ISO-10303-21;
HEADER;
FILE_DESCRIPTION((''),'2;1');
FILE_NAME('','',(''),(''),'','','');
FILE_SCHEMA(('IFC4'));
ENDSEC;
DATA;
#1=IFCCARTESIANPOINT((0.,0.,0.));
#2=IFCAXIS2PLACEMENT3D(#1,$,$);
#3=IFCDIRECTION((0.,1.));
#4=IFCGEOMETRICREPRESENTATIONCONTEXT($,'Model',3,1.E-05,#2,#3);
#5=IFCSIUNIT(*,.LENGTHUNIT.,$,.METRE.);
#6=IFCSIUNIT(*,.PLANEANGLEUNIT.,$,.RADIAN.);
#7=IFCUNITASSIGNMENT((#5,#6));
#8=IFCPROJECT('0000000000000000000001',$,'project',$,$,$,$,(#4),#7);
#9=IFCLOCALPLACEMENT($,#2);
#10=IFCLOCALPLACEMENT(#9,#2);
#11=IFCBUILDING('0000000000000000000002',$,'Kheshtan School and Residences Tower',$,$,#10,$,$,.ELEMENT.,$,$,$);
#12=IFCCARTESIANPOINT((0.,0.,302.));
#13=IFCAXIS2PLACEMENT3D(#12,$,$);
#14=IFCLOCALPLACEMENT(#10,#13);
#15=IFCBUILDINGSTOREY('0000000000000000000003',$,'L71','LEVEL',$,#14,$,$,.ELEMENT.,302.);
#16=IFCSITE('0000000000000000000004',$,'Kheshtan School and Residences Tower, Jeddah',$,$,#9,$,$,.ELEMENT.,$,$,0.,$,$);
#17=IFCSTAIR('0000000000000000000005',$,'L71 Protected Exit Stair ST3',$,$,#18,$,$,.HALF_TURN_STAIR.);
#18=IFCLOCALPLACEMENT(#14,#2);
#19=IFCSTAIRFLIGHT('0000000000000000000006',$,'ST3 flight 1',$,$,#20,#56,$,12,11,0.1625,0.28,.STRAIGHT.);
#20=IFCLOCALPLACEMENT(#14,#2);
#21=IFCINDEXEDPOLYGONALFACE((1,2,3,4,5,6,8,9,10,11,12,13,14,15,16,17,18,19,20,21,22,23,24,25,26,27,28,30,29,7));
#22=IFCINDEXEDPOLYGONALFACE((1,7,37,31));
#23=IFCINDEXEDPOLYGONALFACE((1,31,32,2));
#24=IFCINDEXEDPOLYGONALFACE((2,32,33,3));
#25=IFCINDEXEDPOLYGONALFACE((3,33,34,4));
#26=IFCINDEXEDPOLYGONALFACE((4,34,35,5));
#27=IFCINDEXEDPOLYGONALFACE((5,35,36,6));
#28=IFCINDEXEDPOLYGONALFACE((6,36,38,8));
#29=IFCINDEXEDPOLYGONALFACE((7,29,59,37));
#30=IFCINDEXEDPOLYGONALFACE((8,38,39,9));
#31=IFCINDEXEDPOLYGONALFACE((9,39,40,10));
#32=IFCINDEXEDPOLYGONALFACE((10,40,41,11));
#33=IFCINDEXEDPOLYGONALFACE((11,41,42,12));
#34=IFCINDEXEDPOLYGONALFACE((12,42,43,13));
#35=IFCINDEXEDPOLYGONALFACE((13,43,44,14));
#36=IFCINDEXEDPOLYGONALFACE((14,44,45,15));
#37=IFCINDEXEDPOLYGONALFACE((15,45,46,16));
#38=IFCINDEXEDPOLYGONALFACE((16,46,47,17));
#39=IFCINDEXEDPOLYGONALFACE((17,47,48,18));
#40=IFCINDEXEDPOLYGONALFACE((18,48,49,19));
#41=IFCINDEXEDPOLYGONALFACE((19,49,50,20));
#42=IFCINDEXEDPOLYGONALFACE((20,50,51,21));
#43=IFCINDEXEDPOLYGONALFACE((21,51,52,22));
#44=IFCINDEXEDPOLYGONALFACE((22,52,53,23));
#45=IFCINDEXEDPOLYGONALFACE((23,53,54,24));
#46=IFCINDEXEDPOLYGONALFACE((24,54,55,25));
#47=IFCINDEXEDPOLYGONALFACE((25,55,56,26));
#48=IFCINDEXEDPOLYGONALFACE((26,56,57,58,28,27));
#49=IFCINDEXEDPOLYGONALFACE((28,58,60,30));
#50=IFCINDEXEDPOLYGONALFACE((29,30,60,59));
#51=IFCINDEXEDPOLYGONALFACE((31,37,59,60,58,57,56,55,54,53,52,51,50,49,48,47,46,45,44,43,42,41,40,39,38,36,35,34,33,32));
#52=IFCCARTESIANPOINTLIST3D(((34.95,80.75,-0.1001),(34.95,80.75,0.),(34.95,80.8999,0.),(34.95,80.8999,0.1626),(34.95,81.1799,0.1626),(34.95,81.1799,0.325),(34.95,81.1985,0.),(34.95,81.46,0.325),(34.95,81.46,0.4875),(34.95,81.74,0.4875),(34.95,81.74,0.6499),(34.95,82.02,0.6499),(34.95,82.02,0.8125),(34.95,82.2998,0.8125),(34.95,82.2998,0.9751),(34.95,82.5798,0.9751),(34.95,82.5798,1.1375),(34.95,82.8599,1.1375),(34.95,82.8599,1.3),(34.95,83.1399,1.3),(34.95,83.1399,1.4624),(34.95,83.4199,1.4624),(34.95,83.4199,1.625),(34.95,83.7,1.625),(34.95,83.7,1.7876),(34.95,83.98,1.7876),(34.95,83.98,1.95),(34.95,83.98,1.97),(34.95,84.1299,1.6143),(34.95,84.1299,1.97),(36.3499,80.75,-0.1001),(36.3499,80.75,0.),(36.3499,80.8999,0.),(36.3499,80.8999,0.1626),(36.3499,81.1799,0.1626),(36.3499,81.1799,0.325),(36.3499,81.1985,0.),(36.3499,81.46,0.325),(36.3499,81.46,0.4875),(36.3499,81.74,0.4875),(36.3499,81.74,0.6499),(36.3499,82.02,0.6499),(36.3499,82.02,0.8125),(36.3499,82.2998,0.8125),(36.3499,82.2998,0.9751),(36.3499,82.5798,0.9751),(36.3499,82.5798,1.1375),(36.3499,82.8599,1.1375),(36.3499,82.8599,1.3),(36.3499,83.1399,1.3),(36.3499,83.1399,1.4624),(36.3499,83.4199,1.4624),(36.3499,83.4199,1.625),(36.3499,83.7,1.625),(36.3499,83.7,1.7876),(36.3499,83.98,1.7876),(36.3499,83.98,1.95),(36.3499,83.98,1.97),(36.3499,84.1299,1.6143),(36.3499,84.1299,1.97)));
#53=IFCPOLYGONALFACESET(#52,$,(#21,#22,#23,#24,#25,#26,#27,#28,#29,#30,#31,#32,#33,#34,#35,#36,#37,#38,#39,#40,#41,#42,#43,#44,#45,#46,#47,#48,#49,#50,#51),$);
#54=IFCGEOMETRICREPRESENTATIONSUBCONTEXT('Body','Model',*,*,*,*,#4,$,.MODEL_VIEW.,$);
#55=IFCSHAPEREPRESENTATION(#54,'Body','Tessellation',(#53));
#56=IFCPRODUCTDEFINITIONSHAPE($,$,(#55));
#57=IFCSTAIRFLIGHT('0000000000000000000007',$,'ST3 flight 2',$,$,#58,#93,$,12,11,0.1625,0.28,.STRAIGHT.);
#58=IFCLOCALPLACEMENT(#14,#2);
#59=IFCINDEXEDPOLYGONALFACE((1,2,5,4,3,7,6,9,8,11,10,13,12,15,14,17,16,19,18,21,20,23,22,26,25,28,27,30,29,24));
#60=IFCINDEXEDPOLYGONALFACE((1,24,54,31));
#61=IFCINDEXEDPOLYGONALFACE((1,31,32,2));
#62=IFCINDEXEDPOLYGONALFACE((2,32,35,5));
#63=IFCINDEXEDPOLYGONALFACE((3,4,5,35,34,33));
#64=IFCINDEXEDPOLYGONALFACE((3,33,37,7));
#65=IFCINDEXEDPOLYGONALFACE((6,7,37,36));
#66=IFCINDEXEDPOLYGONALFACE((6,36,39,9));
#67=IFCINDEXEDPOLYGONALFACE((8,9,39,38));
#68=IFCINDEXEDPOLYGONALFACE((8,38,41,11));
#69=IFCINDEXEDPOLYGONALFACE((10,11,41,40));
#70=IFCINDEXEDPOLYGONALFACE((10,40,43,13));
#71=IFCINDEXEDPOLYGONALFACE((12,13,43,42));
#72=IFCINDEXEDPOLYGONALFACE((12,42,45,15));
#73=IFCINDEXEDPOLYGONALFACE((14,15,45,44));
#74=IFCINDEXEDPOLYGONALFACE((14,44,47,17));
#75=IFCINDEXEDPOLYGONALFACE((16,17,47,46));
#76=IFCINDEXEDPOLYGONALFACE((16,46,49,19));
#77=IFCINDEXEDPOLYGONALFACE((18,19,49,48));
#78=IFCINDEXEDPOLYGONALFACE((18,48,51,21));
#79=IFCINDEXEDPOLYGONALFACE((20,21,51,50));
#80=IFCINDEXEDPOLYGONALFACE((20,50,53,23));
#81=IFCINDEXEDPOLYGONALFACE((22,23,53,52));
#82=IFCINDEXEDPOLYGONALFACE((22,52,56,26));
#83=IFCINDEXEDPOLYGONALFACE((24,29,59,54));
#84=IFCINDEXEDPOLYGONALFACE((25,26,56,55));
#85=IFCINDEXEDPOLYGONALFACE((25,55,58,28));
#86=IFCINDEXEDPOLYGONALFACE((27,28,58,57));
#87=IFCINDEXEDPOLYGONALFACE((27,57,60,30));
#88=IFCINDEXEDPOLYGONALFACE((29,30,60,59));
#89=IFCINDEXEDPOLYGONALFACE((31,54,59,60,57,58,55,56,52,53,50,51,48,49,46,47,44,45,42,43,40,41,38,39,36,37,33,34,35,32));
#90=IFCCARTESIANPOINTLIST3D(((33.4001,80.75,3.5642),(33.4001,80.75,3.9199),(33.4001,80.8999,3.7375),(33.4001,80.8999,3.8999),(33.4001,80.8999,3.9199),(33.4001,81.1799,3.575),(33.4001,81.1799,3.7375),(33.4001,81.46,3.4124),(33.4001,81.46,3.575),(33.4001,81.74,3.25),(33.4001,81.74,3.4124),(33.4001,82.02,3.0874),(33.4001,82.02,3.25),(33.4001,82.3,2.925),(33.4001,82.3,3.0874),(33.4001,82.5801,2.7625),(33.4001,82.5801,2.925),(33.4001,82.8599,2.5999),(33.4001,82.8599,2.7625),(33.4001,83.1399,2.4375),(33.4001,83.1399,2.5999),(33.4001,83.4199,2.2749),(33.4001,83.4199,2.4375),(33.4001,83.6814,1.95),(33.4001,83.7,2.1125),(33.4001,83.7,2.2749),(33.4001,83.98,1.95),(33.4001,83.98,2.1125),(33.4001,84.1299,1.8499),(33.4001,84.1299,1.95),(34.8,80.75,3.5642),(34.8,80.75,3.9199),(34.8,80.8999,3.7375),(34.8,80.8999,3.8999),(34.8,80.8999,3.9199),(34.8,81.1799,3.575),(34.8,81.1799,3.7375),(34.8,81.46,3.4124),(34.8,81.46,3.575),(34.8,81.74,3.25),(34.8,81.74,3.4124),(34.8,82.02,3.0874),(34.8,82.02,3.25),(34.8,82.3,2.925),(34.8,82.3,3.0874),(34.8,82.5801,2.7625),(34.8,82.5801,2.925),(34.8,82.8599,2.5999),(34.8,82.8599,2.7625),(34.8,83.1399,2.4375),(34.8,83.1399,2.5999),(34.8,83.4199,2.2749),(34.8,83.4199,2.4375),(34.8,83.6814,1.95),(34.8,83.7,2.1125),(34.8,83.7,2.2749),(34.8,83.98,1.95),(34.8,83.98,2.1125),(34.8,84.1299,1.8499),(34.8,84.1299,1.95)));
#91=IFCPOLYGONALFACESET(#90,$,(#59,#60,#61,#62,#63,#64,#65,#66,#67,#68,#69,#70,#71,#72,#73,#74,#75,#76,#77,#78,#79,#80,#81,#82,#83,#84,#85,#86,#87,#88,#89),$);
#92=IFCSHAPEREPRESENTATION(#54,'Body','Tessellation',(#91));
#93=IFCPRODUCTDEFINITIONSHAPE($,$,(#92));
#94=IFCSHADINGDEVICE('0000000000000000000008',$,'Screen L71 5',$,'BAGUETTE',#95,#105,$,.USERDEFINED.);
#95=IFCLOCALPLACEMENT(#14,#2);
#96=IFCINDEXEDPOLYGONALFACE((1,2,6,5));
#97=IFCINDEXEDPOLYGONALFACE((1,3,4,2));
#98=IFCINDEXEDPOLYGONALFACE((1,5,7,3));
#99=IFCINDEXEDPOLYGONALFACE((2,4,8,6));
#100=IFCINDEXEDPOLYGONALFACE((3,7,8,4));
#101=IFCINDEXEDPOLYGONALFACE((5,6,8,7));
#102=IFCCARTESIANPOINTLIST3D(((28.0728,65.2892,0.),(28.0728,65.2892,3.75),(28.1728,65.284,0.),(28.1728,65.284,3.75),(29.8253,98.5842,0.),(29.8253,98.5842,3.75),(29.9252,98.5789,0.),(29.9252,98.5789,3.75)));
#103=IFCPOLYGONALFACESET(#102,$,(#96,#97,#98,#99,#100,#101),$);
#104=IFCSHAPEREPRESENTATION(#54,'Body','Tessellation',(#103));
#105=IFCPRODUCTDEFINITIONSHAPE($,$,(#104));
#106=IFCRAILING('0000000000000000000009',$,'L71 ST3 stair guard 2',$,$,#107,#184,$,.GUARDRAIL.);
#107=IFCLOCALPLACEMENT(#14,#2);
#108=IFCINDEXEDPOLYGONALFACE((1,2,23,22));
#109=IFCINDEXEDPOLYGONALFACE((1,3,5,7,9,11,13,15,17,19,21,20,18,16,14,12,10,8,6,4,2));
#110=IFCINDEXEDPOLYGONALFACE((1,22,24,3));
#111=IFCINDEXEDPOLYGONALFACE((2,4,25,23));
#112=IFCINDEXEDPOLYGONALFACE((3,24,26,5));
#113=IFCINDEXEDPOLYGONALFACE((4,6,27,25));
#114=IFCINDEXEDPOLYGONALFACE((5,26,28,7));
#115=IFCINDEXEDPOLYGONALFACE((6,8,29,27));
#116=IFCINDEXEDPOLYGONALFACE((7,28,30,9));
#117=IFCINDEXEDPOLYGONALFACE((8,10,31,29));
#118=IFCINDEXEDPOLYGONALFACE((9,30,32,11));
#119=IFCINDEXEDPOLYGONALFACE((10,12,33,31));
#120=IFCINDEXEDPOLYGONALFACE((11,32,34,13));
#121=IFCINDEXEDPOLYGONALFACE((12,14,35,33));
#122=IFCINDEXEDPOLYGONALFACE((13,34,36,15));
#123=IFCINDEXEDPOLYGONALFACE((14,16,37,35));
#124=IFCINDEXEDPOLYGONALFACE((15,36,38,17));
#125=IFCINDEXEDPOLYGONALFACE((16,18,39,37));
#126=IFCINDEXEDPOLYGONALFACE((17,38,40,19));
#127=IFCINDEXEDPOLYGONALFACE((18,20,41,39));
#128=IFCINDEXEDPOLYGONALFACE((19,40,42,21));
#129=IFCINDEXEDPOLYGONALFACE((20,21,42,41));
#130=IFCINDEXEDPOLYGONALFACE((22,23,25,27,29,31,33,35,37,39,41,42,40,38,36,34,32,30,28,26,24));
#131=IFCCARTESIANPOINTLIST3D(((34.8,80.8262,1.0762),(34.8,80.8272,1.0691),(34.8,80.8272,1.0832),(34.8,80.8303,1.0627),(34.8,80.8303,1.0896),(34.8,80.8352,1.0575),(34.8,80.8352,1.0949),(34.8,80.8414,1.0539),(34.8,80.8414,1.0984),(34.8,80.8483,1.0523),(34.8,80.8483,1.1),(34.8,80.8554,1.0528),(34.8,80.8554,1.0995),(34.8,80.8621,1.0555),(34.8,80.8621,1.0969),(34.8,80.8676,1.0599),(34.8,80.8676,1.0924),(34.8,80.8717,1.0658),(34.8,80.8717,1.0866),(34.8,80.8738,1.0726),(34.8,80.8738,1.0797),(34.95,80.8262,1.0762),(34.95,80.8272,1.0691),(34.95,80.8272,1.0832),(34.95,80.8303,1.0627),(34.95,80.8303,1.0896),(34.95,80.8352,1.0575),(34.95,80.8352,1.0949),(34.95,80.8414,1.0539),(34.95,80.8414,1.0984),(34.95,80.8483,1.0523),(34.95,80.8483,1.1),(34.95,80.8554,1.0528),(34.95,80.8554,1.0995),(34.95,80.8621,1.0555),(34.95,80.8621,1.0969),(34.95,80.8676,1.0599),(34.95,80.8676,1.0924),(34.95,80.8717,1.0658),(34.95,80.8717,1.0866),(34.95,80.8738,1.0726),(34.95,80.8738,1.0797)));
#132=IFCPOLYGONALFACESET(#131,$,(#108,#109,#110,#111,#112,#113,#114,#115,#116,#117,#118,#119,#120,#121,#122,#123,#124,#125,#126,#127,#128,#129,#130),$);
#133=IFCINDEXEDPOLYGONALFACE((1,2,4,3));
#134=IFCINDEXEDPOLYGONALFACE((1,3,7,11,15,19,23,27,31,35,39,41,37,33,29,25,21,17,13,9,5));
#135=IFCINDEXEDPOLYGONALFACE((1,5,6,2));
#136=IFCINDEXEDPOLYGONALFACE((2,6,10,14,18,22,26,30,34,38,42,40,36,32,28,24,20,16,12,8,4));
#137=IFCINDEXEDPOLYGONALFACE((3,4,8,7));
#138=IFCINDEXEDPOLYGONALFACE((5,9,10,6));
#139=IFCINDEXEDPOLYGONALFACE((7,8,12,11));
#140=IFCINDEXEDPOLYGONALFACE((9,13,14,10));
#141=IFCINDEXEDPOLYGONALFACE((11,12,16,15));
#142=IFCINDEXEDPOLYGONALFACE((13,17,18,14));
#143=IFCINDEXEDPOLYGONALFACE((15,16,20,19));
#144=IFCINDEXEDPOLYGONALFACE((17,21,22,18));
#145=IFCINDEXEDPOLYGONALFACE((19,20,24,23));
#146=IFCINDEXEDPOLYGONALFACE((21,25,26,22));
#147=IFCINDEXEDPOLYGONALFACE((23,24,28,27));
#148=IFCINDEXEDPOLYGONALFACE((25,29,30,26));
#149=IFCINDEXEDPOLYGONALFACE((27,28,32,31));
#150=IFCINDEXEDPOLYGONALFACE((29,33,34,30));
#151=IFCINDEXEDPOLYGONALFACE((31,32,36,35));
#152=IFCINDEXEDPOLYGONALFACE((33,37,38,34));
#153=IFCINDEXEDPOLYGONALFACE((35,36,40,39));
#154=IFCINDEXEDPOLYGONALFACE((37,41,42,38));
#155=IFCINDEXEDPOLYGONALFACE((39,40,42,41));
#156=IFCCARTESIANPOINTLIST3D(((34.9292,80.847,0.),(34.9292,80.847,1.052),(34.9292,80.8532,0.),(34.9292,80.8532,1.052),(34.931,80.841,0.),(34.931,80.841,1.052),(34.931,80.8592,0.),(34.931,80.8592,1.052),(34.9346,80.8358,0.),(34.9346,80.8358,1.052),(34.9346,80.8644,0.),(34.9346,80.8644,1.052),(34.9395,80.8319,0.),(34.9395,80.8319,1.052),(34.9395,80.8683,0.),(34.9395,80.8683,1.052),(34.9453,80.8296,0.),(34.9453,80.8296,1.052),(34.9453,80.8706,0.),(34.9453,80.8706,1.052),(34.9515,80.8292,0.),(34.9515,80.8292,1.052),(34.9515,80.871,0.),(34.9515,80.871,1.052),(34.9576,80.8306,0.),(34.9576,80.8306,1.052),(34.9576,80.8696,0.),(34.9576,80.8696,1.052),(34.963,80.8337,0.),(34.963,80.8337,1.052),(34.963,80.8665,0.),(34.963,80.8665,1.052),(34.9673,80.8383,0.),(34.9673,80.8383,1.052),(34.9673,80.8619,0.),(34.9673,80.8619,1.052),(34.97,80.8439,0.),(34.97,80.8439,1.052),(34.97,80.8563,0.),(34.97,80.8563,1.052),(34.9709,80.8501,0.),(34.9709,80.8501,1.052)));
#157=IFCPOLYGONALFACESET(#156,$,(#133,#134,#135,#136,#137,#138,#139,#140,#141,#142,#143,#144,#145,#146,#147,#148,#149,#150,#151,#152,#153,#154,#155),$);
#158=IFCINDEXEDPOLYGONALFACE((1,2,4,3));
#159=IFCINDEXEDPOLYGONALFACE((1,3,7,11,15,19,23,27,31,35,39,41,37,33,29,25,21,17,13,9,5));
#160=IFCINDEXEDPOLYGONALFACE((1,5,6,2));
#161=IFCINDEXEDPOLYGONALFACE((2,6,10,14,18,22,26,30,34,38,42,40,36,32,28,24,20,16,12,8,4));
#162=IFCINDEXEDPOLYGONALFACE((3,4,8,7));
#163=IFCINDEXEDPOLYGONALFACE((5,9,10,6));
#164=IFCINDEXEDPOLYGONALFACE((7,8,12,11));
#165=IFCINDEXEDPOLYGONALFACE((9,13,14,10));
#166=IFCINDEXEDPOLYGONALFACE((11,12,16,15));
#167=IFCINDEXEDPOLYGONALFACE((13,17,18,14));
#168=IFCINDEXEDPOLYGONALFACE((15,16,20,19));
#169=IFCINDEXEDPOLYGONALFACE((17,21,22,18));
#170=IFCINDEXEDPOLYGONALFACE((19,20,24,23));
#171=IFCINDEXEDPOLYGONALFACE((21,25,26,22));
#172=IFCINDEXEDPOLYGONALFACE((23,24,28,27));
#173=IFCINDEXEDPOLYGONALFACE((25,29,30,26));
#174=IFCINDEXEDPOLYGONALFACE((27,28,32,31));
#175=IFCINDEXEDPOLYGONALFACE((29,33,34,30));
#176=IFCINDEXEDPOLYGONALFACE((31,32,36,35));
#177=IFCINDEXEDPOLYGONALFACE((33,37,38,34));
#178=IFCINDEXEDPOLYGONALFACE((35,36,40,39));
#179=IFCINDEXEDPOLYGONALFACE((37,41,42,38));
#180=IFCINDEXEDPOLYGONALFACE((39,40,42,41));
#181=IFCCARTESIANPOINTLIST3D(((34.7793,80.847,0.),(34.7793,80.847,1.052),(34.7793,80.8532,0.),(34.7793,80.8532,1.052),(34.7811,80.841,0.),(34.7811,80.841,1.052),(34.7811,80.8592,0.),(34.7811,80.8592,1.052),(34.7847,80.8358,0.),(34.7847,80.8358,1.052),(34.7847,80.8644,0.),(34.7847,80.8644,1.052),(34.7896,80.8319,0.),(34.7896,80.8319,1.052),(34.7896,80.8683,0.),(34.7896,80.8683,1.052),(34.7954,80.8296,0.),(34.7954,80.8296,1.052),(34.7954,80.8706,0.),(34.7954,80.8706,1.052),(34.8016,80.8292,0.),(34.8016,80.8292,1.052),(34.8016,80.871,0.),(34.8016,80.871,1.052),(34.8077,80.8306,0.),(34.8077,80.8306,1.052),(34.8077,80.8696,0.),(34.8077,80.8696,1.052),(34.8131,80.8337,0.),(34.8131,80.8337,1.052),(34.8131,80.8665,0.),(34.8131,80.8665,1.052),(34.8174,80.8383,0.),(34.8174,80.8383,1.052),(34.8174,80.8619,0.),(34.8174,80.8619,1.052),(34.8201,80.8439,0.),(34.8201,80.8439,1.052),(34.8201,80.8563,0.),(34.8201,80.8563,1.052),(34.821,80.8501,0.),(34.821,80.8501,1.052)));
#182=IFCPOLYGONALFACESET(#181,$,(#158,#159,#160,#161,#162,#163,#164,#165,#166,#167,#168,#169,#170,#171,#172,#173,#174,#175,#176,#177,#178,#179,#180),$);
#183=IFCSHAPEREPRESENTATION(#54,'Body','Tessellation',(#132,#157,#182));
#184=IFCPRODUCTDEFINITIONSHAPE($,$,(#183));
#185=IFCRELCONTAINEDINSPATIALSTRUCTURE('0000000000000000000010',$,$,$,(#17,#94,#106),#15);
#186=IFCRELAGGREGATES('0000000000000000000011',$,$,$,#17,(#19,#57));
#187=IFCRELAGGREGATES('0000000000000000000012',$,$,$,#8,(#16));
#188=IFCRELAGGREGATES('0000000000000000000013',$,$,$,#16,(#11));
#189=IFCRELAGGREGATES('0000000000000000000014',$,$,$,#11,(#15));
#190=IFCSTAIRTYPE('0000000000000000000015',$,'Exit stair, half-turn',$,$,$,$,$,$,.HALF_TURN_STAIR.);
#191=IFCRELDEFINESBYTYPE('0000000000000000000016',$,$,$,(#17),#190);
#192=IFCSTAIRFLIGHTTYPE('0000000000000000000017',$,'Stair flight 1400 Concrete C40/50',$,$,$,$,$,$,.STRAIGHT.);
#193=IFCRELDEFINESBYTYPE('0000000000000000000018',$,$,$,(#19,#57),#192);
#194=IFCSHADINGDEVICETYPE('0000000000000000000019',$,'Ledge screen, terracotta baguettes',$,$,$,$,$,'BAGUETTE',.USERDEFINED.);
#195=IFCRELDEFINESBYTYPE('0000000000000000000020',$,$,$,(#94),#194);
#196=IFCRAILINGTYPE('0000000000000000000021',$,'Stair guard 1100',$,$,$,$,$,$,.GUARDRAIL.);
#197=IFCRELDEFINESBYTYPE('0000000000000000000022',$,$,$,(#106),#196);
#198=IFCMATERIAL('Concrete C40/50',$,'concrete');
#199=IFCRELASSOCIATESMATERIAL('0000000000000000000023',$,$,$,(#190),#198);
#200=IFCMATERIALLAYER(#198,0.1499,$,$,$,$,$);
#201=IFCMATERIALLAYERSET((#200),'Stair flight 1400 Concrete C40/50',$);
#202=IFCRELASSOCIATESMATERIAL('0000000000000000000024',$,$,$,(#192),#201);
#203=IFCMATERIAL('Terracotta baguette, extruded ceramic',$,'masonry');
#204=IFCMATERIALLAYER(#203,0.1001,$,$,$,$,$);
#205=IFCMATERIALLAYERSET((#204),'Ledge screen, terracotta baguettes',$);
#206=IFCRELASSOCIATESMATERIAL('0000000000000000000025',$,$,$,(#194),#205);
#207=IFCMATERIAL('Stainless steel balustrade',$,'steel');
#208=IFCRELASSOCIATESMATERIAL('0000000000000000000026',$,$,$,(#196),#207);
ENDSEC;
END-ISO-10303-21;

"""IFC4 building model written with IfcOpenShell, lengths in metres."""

from ifc_helpers import new_model, si_unit, direction, frame, origin, origin_2d, place, context, subcontext, project, spatial, polyline, rectangle, circle, outline, extrude, material, layer, layer_set, type_object, element, aggregate, save


model = new_model("IFC4")

# Units and contexts
model_context = context("Model", 3, precision=1e-05, world=origin(), true_north=direction((0.0, 1.0)))
body_context = subcontext(model_context, "Body", "Model", "MODEL_VIEW")
ifc_project = project(units=[si_unit("LENGTHUNIT", "METRE"), si_unit("PLANEANGLEUNIT", "RADIAN")], contexts=[model_context])

# Site, building, storey
site_placement = place(None, origin())
site = spatial("IfcSite", under=ifc_project, at=site_placement, Name="Kheshtan School and Residences Tower, Jeddah", CompositionType="ELEMENT", RefElevation=0.0)
building_placement = place(site_placement, origin())
building = spatial("IfcBuilding", under=site, at=building_placement, Name="Kheshtan School and Residences Tower", CompositionType="ELEMENT")
storey_placement = place(building_placement, frame((0.0, 0.0, 302.0)))
storey = spatial("IfcBuildingStorey", under=building, at=storey_placement, Name="L71", Description="LEVEL", CompositionType="ELEMENT", Elevation=302.0)

# Shared definitions
ifc_material_1 = material(Name="Concrete C40/50", Category="concrete")

# Stair, stair flights
stair_type = type_object("IfcStairType", Name="Exit stair, half-turn", PredefinedType="HALF_TURN_STAIR", material=ifc_material_1)
stair_placement = place(storey_placement, origin())
stair = element("IfcStair", 1, at=stair_placement, inside=storey, type_object=stair_type, Name="L71 Protected Exit Stair ST3", PredefinedType="HALF_TURN_STAIR")
ifc_layer_1 = layer(ifc_material_1, 0.1499)
ifc_layer_set_1 = layer_set([ifc_layer_1], Name="Stair flight 1400 Concrete C40/50")
stair_flight_type = type_object("IfcStairFlightType", Name="Stair flight 1400 Concrete C40/50", PredefinedType="STRAIGHT", material=ifc_layer_set_1)
stair_flight_1_placement = place(storey_placement, frame((35.6499, 80.8999, 0.0), z_axis=(0.0, 0.0, 1.0), x_axis=(0.0, 1.0, 0.0)))
stair_flight_1 = element("IfcStairFlight", 2, at=stair_flight_1_placement, type_object=stair_flight_type, Name="ST3 flight 1", NumberOfRisers=12, NumberOfTreads=11, PredefinedType="STRAIGHT", RiserHeight=0.1625, TreadLength=0.28, context=body_context, shape_type="SweptSolid", body=[
    extrude(outline(polyline([(-0.1499, -0.1001), (-0.1499, 0.0), (0.0, 0.0), (0.0, 0.1626), (0.28, 0.1626), (0.28, 0.325), (0.5601, 0.325), (0.5601, 0.4875), (0.8401, 0.4875), (0.8401, 0.6499), (1.1201, 0.6499), (1.1201, 0.8125), (1.3999, 0.8125), (1.3999, 0.9751), (1.6799, 0.9751), (1.6799, 1.1375), (1.96, 1.1375), (1.96, 1.3), (2.24, 1.3), (2.24, 1.4624), (2.52, 1.4624), (2.52, 1.625), (2.8, 1.625), (2.8, 1.7876), (3.0801, 1.7876), (3.0801, 1.95), (3.0801, 1.97), (3.23, 1.97), (3.23, 1.6143), (0.2986, 0.0), (-0.1499, -0.1001)])), frame((0.0, 0.7, 0.0), z_axis=(0.0, -1.0, 0.0), x_axis=(1.0, 0.0, 0.0)), (0.0, 0.0, 1.0), 1.3999),
])
stair_flight_2_placement = place(storey_placement, frame((34.1001, 83.98, 1.95), z_axis=(0.0, 0.0, 1.0), x_axis=(0.0, -1.0, 0.0)))
stair_flight_2 = element("IfcStairFlight", 3, at=stair_flight_2_placement, type_object=stair_flight_type, Name="ST3 flight 2", NumberOfRisers=12, NumberOfTreads=11, PredefinedType="STRAIGHT", RiserHeight=0.1625, TreadLength=0.28, context=body_context, shape_type="SweptSolid", body=[
    extrude(outline(polyline([(-0.1499, -0.1001), (-0.1499, 0.0), (0.0, 0.0), (0.0, 0.1626), (0.28, 0.1626), (0.28, 0.325), (0.5601, 0.325), (0.5601, 0.4875), (0.8401, 0.4875), (0.8401, 0.6499), (1.1201, 0.6499), (1.1201, 0.8125), (1.3999, 0.8125), (1.3999, 0.9751), (1.6799, 0.9751), (1.6799, 1.1375), (1.96, 1.1375), (1.96, 1.3), (2.24, 1.3), (2.24, 1.4624), (2.52, 1.4624), (2.52, 1.625), (2.8, 1.625), (2.8, 1.7876), (3.0801, 1.7876), (3.0801, 1.95), (3.0801, 1.97), (3.23, 1.97), (3.23, 1.6143), (0.2986, 0.0), (-0.1499, -0.1001)])), frame((0.0, 0.7, 0.0), z_axis=(0.0, -1.0, 0.0), x_axis=(1.0, 0.0, 0.0)), (0.0, 0.0, 1.0), 1.3999),
])
aggregate(stair, [stair_flight_1, stair_flight_2])

# Shading device
ifc_material_2 = material(Name="Terracotta baguette, extruded ceramic", Category="masonry")
ifc_layer_2 = layer(ifc_material_2, 0.1001)
ifc_layer_set_2 = layer_set([ifc_layer_2], Name="Ledge screen, terracotta baguettes")
shading_device_type = type_object("IfcShadingDeviceType", Name="Ledge screen, terracotta baguettes", ElementType="BAGUETTE", PredefinedType="USERDEFINED", material=ifc_layer_set_2)
shading_device_placement = place(storey_placement, frame((28.999, 81.9341, 0.0), z_axis=(0.0, 0.0, 1.0), x_axis=(0.052563, 0.998618, 0.0)))
element("IfcShadingDevice", 4, at=shading_device_placement, inside=storey, type_object=shading_device_type, Name="Screen L71 5", ObjectType="BAGUETTE", PredefinedType="USERDEFINED", context=body_context, shape_type="SweptSolid", body=[
    extrude(rectangle(XDim=33.3411, YDim=0.1001, at=origin_2d()), origin(), (0.0, 0.0, 1.0), 3.75),
])

# Railing
ifc_material_3 = material(Name="Stainless steel balustrade", Category="steel")
railing_type_1 = type_object("IfcRailingType", Name="Stair guard 1100", PredefinedType="GUARDRAIL", material=ifc_material_3)
railing_1_placement = place(storey_placement, frame((34.95, 80.8501, 0.0)))
element("IfcRailing", 5, at=railing_1_placement, inside=storey, type_object=railing_type_1, Name="L71 ST3 stair guard 2", PredefinedType="GUARDRAIL", context=body_context, shape_type="SweptSolid", body=[
    extrude(circle(Radius=0.0239, at=origin_2d()), frame((0.0, 0.0, 1.0762), z_axis=(-1.0, 0.0, 0.0), x_axis=(0.0, -1.0, 0.0)), (0.0, 0.0, 1.0), 0.1499),
    extrude(circle(Radius=0.021, at=origin_2d()), origin(), (0.0, 0.0, 1.0), 1.052),
    extrude(circle(Radius=0.021, at=origin_2d()), frame((-0.1499, 0.0, 0.0)), (0.0, 0.0, 1.0), 1.052),
])

save(model, "model.ifc")
